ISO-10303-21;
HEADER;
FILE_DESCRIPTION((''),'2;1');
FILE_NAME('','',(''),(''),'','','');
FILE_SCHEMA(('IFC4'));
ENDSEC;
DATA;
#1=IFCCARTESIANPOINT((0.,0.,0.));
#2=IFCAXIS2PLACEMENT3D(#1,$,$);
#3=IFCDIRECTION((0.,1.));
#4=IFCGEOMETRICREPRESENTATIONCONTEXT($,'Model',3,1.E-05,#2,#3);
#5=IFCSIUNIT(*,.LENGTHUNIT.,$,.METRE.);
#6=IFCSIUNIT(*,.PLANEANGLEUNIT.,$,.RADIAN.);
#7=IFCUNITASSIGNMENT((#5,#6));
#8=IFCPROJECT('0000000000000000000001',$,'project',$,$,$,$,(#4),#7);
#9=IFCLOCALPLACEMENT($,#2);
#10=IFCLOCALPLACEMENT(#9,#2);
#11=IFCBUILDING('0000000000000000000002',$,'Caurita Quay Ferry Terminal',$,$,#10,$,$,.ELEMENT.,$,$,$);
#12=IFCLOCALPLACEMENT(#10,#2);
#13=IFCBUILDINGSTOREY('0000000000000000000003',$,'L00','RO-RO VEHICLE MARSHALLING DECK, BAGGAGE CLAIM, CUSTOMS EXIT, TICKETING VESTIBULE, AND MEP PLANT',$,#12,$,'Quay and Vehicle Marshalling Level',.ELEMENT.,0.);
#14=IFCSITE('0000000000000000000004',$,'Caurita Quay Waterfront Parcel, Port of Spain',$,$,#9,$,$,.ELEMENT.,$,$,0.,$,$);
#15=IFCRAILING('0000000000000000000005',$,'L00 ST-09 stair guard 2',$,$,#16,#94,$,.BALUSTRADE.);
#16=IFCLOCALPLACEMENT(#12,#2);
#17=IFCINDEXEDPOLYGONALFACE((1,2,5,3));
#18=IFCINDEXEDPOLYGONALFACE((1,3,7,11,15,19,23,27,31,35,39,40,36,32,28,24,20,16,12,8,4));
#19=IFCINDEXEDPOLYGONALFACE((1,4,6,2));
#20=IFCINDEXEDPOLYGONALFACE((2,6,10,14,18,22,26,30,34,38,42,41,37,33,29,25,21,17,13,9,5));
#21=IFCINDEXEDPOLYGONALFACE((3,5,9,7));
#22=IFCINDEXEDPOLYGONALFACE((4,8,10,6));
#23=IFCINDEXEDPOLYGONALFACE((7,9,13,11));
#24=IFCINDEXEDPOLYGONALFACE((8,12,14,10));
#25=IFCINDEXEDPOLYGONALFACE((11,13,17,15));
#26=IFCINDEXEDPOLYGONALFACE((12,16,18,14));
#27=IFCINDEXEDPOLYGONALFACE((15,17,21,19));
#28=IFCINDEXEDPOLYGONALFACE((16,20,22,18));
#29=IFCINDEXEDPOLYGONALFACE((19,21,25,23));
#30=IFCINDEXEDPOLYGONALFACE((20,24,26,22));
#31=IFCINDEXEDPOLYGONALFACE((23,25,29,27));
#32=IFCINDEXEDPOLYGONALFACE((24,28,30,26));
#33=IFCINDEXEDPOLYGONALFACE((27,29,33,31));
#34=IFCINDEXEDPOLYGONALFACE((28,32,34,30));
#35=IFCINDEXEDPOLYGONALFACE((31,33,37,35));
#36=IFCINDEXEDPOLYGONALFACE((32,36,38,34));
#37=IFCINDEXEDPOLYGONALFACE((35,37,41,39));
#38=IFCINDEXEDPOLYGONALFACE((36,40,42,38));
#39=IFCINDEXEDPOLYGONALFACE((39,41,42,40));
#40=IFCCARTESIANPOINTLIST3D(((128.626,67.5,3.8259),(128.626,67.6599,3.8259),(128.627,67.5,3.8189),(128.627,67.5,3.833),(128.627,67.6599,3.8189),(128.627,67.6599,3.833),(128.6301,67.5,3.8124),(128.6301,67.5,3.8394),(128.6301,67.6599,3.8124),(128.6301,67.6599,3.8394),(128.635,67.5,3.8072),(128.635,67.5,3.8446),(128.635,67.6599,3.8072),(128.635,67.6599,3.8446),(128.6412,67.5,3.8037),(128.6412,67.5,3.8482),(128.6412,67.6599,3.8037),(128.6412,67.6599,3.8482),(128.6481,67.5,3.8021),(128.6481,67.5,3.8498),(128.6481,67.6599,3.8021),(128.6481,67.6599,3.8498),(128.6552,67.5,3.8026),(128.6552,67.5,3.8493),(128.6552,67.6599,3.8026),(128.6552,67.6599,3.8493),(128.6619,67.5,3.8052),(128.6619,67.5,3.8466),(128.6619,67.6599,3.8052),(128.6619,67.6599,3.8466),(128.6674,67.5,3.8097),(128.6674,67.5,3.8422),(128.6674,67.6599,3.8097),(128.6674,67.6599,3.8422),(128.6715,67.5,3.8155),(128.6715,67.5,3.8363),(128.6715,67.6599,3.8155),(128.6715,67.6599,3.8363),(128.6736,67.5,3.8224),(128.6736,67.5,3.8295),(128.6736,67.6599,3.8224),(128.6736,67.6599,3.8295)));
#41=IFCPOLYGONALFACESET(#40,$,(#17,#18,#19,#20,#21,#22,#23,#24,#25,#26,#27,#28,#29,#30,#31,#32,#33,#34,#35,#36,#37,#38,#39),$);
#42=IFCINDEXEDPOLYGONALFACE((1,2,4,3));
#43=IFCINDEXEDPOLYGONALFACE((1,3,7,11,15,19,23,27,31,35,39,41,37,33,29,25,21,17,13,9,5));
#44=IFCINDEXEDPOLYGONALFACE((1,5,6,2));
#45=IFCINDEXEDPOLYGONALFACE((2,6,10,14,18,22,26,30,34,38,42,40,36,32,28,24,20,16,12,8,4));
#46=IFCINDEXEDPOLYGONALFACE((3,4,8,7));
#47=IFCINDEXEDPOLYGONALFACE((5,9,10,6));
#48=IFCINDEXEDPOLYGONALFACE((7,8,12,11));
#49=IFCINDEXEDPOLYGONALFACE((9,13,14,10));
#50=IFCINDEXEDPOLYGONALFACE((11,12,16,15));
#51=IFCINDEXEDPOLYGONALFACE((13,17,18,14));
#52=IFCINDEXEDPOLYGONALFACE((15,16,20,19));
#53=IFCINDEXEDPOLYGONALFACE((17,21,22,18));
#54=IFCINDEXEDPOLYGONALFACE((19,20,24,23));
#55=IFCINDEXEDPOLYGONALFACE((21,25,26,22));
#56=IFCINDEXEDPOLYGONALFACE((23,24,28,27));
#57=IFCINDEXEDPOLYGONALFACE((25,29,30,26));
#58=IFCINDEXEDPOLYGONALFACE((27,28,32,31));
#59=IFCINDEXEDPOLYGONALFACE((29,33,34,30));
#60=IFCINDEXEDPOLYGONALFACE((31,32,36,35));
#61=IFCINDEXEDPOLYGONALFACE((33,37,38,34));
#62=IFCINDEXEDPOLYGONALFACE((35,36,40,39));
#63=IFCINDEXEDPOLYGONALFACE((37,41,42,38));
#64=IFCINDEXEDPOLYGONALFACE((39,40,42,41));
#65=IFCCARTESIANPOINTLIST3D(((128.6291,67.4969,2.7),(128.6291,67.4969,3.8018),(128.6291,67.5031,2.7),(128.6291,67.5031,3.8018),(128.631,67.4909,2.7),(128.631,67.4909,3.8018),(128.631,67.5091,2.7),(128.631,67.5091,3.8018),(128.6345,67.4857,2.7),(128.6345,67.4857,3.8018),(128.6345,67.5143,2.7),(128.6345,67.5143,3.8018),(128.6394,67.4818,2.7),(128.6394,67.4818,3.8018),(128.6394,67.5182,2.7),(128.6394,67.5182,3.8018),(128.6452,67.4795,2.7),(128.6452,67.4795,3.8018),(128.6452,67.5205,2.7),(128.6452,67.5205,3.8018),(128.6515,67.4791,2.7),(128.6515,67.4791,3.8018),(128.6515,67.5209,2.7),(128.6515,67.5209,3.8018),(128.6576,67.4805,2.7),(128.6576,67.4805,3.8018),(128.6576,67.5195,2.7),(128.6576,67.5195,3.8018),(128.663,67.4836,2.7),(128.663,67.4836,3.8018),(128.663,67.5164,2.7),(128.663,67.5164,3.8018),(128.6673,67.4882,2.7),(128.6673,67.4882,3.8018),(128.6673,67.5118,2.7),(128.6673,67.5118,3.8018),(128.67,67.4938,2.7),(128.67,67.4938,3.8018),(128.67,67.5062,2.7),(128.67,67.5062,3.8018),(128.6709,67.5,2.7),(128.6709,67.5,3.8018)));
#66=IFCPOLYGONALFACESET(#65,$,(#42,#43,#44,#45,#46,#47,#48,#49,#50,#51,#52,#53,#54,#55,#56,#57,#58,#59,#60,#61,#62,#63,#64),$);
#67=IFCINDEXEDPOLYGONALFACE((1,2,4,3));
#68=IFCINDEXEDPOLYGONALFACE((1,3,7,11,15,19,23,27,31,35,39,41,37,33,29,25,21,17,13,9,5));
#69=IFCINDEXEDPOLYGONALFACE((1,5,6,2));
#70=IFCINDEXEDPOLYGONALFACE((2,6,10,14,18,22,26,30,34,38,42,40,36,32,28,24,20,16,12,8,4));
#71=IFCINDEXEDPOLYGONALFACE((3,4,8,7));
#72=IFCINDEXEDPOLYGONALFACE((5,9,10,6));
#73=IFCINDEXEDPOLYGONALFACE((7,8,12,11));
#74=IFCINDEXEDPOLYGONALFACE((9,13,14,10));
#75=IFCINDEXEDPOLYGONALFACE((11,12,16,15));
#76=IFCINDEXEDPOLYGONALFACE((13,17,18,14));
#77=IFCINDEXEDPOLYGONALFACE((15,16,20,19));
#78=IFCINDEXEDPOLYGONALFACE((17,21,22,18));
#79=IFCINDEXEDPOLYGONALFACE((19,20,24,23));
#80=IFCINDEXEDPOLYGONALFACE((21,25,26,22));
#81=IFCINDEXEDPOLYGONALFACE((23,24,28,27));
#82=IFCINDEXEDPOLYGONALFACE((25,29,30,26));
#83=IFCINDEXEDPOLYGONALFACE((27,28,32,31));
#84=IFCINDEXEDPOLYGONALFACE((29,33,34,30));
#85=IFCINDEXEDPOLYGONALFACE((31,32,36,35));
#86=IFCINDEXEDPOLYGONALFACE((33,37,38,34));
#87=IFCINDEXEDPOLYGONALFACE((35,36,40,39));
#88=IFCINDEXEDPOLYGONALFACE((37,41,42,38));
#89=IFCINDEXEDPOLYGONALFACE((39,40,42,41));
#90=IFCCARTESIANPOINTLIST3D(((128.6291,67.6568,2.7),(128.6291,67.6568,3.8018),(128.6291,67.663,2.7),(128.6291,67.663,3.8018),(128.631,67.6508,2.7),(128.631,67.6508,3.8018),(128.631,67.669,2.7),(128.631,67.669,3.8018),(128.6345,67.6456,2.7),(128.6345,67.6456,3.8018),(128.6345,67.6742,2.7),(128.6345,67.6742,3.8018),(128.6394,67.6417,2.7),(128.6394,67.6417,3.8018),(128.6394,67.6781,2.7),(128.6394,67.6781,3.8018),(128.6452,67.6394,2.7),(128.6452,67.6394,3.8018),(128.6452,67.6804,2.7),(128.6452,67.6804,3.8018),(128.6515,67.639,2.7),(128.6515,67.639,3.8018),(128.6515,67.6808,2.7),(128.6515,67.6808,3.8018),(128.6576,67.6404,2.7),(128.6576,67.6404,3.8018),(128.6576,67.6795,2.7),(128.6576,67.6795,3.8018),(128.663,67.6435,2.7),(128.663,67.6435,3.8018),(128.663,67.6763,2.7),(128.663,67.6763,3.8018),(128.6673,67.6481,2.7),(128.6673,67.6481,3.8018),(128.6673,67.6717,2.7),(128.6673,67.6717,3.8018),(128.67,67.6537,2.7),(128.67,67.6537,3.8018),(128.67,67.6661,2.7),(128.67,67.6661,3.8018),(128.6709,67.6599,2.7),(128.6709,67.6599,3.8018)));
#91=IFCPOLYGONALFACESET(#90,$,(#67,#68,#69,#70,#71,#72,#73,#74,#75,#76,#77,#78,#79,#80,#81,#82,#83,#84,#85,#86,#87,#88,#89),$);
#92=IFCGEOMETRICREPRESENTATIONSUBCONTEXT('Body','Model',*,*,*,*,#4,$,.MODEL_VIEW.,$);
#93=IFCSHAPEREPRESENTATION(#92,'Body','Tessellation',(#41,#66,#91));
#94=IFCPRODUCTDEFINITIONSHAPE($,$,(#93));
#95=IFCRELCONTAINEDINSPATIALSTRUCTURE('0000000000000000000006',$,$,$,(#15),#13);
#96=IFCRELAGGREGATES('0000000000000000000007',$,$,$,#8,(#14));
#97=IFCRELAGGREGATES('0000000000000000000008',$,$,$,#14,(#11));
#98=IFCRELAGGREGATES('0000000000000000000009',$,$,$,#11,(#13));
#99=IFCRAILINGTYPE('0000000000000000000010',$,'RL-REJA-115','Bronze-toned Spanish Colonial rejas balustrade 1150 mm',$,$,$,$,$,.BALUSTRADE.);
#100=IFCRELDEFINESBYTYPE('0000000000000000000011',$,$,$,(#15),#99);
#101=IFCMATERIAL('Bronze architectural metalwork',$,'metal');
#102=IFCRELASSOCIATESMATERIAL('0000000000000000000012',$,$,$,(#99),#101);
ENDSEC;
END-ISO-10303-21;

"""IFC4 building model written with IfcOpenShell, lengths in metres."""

from ifc_helpers import new_model, si_unit, direction, frame, origin, origin_2d, place, context, subcontext, project, spatial, circle, extrude, material, type_object, element, save


model = new_model("IFC4")

# Units and contexts
model_context = context("Model", 3, precision=1e-05, world=origin(), true_north=direction((0.0, 1.0)))
body_context = subcontext(model_context, "Body", "Model", "MODEL_VIEW")
ifc_project = project(units=[si_unit("LENGTHUNIT", "METRE"), si_unit("PLANEANGLEUNIT", "RADIAN")], contexts=[model_context])

# Site, building, storey
site_placement = place(None, origin())
site = spatial("IfcSite", under=ifc_project, at=site_placement, Name="Caurita Quay Waterfront Parcel, Port of Spain", CompositionType="ELEMENT", RefElevation=0.0)
building_placement = place(site_placement, origin())
building = spatial("IfcBuilding", under=site, at=building_placement, Name="Caurita Quay Ferry Terminal", CompositionType="ELEMENT")
storey_placement = place(building_placement, origin())
storey = spatial("IfcBuildingStorey", under=building, at=storey_placement, Name="L00", Description="RO-RO VEHICLE MARSHALLING DECK, BAGGAGE CLAIM, CUSTOMS EXIT, TICKETING VESTIBULE, AND MEP PLANT", LongName="Quay and Vehicle Marshalling Level", CompositionType="ELEMENT", Elevation=0.0)

# Railing
ifc_material_1 = material(Name="Bronze architectural metalwork", Category="metal")
railing_type_1 = type_object("IfcRailingType", Name="RL-REJA-115", Description="Bronze-toned Spanish Colonial rejas balustrade 1150 mm", PredefinedType="BALUSTRADE", material=ifc_material_1)
railing_1_placement = place(storey_placement, frame((128.6499, 67.5, 2.7)))
element("IfcRailing", 1, at=railing_1_placement, inside=storey, type_object=railing_type_1, Name="L00 ST-09 stair guard 2", PredefinedType="BALUSTRADE", context=body_context, shape_type="SweptSolid", body=[
    extrude(circle(Radius=0.0239, at=origin_2d()), frame((0.0, 0.0, 1.126), z_axis=(0.0, 1.0, 0.0), x_axis=(-1.0, 0.0, 0.0)), (0.0, 0.0, 1.0), 0.1599),
    extrude(circle(Radius=0.021, at=origin_2d()), origin(), (0.0, 0.0, 1.0), 1.1018),
    extrude(circle(Radius=0.021, at=origin_2d()), frame((0.0, 0.1599, 0.0)), (0.0, 0.0, 1.0), 1.1018),
])

save(model, "model.ifc")
